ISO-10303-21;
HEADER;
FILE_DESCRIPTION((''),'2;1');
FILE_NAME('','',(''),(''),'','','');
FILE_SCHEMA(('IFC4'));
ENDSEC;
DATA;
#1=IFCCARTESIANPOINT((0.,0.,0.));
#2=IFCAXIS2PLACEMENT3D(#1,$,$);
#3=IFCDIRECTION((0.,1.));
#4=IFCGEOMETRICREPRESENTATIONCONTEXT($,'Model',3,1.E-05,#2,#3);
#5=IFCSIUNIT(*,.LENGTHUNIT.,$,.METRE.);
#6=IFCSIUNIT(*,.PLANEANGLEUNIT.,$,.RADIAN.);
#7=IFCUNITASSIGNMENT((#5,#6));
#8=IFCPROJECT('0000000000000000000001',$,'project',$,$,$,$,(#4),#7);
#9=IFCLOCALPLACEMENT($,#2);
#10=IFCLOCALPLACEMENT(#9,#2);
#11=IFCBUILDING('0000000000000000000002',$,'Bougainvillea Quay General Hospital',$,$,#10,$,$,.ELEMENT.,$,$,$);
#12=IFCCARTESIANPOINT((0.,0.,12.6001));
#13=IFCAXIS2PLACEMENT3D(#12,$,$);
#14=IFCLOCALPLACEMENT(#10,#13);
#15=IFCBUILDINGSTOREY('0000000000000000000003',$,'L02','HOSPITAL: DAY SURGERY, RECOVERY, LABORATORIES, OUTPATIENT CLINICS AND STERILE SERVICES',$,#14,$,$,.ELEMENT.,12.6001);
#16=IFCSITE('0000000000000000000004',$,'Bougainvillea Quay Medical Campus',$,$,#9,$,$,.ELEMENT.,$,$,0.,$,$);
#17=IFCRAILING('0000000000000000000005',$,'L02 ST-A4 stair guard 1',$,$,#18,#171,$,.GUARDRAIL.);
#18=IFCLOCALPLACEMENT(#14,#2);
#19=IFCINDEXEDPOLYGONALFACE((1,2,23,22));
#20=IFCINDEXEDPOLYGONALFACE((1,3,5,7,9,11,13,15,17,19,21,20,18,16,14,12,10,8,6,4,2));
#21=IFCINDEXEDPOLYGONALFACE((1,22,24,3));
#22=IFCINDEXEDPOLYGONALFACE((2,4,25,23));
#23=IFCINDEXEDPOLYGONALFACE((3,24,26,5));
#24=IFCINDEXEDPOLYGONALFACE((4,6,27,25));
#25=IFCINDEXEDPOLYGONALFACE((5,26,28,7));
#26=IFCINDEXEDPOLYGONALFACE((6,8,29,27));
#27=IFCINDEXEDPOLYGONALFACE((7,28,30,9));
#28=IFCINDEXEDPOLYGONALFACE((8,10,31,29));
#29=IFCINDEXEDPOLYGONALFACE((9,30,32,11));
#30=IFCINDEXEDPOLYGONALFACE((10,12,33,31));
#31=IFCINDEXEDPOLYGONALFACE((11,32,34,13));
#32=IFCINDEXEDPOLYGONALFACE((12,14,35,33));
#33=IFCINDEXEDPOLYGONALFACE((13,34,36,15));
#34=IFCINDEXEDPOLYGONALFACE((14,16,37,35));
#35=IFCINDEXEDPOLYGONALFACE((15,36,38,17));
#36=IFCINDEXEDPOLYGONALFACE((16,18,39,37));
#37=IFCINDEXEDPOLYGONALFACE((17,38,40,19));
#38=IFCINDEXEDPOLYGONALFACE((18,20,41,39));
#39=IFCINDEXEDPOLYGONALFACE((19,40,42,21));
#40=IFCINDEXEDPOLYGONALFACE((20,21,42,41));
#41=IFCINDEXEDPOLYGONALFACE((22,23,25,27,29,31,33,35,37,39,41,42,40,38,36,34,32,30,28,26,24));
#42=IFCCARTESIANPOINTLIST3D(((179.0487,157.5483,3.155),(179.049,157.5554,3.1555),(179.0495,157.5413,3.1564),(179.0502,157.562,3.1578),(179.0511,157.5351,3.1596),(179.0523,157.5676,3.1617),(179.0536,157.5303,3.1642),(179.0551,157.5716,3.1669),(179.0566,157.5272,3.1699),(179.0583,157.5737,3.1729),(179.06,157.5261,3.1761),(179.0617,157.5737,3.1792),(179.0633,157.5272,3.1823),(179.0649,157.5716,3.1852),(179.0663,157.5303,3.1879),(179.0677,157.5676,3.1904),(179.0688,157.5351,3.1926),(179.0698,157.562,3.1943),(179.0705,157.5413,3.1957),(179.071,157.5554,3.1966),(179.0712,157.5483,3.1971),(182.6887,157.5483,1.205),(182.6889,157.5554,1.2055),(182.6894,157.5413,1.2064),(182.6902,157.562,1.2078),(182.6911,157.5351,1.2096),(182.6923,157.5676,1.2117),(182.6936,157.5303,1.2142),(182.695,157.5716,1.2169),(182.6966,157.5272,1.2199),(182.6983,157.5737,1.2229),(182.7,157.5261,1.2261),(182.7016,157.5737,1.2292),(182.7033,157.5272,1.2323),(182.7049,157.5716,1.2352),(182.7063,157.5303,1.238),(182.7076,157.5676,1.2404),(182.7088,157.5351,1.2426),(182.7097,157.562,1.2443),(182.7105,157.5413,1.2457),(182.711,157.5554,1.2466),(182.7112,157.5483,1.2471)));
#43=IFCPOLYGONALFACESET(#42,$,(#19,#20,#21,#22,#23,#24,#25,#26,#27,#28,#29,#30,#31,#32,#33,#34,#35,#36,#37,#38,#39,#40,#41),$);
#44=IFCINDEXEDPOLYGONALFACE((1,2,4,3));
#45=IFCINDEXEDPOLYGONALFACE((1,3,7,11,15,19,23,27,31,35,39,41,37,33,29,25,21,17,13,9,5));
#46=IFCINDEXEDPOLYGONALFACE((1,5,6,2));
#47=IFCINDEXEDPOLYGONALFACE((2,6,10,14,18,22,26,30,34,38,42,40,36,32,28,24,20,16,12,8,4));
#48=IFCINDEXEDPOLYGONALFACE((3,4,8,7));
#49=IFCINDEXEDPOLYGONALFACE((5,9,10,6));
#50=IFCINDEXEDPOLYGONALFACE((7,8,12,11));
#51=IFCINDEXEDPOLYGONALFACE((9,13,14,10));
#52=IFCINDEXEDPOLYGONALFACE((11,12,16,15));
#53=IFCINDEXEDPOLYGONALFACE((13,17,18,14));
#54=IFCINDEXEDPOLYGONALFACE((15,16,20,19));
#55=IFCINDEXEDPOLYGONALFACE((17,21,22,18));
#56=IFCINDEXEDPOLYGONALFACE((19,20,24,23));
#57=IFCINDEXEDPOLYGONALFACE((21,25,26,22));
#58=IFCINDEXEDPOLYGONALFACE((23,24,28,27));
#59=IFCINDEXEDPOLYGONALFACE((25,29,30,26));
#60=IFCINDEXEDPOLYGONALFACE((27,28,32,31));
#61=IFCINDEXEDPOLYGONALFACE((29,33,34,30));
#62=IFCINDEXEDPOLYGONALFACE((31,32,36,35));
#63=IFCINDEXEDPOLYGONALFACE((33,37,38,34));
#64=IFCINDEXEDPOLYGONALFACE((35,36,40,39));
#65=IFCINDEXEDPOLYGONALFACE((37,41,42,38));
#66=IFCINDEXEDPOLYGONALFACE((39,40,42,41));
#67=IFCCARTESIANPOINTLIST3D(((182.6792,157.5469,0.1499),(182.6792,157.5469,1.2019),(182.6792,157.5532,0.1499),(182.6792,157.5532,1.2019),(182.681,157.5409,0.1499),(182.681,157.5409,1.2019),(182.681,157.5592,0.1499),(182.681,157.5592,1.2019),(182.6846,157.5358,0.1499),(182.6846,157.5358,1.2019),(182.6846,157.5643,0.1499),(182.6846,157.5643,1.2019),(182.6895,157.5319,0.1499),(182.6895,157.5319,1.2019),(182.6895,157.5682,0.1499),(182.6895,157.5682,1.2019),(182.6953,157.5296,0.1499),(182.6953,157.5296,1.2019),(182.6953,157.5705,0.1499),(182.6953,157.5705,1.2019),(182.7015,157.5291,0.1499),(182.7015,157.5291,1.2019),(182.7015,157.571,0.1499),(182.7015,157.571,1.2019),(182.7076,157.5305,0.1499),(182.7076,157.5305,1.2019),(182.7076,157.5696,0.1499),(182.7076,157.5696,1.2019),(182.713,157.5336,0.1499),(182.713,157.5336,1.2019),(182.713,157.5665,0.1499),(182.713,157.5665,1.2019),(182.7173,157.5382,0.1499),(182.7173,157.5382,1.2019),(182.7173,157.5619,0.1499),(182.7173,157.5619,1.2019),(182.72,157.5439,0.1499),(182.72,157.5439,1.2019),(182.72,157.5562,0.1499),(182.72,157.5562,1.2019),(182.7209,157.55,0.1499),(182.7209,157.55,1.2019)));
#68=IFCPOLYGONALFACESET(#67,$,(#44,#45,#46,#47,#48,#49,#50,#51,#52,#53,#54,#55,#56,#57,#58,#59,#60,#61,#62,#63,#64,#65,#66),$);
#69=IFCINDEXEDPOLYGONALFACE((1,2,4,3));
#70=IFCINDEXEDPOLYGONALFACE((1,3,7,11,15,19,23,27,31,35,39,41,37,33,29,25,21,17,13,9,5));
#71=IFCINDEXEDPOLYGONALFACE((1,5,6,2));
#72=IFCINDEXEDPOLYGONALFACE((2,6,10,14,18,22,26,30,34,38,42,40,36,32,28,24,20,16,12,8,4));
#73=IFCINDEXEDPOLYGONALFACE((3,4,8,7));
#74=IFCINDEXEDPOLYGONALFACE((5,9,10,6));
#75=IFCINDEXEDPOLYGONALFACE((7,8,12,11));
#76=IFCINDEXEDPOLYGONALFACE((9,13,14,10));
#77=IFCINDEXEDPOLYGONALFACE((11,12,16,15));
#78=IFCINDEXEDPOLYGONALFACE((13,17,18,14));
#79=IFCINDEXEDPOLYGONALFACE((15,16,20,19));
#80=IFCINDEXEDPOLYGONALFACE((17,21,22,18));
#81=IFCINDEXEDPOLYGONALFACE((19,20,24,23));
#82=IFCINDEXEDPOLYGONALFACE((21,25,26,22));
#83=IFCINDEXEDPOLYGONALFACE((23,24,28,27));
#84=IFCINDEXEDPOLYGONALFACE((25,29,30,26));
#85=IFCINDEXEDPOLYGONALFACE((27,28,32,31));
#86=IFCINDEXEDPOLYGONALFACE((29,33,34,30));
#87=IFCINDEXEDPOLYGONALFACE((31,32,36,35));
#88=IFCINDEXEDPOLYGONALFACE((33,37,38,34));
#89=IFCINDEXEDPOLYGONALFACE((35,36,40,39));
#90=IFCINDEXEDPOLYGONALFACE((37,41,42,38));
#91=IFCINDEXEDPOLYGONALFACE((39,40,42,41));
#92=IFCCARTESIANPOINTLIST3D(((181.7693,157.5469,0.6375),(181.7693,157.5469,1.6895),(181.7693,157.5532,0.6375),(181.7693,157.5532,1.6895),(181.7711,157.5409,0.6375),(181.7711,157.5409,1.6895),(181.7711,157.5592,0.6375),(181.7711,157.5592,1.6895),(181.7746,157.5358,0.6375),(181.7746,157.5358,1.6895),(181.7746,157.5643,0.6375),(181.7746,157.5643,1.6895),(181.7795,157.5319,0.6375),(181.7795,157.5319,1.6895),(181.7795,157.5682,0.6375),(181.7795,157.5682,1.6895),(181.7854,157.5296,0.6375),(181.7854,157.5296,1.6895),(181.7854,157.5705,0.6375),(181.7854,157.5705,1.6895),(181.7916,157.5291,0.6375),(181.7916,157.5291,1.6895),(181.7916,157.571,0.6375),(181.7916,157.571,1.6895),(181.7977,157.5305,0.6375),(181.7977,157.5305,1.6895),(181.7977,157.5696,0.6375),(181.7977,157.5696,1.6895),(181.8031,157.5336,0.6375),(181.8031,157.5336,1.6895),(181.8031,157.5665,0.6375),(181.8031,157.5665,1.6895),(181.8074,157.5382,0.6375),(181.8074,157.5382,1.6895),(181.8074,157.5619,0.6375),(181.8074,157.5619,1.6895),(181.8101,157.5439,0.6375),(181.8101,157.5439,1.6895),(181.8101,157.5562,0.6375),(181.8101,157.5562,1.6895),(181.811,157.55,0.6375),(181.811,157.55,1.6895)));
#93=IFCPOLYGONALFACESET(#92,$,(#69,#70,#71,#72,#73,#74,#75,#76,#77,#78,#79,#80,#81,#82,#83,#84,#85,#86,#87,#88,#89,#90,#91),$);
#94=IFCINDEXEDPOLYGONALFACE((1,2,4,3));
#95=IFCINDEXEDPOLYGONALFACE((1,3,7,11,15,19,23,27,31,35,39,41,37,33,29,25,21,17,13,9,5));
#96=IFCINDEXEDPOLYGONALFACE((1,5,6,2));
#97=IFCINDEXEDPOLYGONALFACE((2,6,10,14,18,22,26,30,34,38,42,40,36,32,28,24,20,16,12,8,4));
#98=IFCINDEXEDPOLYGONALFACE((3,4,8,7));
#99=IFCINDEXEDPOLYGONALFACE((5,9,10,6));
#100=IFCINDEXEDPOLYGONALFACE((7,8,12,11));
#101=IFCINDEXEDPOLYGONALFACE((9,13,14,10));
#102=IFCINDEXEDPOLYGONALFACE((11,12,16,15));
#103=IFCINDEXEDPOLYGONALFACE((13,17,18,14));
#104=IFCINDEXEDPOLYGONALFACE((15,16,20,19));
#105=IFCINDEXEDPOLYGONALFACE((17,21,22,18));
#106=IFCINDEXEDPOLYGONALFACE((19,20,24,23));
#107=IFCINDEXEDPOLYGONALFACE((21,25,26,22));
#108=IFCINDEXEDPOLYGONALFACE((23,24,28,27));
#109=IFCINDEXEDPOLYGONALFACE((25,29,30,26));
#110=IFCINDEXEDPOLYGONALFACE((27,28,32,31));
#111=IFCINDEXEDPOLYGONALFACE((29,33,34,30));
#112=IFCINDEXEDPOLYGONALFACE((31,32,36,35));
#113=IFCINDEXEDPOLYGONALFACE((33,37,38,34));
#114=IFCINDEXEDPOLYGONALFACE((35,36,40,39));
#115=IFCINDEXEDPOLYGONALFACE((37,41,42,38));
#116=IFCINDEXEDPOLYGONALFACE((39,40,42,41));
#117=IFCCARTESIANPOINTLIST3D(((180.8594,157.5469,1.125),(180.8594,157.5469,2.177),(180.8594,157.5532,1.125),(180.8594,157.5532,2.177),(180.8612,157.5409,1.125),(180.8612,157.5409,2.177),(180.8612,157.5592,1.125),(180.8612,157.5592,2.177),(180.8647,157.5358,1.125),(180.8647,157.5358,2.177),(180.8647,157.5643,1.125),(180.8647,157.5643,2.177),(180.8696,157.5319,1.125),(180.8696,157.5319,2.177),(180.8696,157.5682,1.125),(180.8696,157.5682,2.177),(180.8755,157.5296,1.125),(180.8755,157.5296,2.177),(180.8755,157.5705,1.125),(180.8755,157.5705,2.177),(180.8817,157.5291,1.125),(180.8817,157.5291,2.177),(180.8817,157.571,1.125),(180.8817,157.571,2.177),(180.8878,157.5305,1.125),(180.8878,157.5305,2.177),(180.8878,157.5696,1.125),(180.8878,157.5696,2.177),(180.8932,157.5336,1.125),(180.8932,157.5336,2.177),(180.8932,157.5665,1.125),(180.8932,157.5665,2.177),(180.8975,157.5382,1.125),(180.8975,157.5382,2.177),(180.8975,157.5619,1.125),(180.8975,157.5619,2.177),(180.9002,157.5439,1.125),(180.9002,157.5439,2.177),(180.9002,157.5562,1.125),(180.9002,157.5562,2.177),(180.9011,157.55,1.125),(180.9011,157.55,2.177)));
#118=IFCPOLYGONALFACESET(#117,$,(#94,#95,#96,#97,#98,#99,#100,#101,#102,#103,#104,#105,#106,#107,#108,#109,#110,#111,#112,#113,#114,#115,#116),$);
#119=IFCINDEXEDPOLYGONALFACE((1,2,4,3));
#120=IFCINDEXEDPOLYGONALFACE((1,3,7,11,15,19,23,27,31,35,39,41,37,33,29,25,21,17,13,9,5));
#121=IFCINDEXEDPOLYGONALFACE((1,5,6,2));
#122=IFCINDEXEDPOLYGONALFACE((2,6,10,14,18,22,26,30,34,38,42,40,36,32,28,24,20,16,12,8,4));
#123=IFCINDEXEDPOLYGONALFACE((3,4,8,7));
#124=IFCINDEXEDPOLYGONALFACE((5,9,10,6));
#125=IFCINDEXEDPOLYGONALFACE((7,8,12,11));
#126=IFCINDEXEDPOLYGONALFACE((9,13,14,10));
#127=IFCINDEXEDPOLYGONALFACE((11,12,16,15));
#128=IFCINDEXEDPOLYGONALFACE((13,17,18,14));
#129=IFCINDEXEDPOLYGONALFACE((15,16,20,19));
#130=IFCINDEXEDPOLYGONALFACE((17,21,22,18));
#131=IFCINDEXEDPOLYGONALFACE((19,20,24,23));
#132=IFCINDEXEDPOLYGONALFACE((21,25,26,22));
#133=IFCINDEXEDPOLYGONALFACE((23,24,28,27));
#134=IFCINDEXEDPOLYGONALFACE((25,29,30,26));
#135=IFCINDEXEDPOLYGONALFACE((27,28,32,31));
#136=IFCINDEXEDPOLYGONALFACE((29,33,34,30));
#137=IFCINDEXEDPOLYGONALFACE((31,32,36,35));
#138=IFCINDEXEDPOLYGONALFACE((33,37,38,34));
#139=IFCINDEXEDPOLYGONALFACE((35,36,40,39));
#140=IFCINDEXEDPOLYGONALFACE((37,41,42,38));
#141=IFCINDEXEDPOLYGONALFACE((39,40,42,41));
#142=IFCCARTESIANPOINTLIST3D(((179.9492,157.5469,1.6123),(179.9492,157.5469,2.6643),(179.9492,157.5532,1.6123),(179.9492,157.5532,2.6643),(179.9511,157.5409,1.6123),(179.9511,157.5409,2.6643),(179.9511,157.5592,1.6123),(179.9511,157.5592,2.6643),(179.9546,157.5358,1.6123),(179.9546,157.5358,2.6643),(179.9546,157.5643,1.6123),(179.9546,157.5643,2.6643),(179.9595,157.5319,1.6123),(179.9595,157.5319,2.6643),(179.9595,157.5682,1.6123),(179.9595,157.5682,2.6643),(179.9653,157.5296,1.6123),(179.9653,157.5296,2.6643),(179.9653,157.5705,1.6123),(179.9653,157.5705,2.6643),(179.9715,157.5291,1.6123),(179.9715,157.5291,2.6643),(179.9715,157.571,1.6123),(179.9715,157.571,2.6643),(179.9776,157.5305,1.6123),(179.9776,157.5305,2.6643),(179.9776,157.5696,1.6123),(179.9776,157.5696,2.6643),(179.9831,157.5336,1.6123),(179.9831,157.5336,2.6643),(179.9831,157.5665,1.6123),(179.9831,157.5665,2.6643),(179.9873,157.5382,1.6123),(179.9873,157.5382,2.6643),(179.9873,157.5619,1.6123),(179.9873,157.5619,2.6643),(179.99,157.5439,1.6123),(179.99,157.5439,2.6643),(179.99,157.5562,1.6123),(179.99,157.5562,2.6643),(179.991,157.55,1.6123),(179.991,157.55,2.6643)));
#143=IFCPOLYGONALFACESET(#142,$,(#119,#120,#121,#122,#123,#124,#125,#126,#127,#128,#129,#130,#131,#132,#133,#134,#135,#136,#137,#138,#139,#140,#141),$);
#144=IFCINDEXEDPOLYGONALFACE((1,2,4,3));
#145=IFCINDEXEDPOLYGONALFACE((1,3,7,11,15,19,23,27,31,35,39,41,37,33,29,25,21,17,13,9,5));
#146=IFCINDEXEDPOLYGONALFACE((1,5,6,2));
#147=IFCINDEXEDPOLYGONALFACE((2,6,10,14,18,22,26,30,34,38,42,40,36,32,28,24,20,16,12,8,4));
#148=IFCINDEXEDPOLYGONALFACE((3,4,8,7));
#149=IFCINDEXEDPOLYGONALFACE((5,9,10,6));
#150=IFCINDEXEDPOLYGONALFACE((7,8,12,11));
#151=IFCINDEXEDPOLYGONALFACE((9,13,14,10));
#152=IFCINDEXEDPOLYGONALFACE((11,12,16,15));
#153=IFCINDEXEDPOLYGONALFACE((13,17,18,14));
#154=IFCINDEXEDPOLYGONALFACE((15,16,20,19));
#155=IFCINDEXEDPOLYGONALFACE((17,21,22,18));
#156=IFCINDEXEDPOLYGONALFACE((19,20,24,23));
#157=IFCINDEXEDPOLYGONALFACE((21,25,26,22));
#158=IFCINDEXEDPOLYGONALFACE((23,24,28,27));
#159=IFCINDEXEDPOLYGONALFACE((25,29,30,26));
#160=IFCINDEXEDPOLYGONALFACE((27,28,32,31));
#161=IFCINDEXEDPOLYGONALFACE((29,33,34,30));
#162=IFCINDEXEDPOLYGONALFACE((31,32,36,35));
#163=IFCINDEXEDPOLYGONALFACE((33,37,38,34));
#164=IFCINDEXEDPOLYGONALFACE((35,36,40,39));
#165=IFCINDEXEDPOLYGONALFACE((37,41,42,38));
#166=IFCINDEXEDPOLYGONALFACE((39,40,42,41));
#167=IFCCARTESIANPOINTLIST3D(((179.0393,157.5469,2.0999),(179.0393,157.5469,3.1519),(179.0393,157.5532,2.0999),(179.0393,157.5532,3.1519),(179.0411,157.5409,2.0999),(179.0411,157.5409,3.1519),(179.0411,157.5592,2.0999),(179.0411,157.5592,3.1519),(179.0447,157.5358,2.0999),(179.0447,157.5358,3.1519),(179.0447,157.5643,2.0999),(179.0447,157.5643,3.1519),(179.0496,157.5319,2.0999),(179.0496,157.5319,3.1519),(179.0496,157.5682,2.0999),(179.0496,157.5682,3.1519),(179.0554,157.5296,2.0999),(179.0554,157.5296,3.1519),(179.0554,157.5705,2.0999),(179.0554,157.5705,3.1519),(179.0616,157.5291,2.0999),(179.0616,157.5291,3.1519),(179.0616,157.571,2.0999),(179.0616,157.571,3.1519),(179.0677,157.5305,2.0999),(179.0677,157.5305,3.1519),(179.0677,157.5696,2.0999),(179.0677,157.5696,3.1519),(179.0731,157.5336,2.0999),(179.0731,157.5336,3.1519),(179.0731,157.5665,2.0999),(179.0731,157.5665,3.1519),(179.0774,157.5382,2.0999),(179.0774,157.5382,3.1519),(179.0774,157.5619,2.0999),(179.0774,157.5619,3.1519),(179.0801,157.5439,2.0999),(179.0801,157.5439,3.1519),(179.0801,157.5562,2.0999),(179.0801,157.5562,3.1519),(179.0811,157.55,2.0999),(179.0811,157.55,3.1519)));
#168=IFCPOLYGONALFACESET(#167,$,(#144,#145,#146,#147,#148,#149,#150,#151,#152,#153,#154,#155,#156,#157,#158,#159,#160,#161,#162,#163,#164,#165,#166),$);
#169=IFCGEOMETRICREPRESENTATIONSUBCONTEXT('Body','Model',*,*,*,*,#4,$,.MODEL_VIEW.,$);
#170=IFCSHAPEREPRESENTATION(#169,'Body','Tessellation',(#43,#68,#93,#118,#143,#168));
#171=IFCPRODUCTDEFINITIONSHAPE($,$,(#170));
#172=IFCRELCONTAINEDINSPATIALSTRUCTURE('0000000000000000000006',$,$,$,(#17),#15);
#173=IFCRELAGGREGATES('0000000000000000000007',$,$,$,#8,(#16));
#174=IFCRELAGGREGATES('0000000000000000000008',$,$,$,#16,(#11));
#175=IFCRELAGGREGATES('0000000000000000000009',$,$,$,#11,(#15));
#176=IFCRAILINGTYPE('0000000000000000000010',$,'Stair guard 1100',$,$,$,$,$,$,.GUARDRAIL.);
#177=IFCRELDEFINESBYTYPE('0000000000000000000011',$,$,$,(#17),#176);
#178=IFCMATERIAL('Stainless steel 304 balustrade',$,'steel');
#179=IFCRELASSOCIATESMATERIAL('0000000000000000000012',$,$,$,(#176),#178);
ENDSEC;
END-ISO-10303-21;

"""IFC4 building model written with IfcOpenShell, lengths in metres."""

from ifc_helpers import new_model, si_unit, direction, frame, origin, origin_2d, place, context, subcontext, project, spatial, circle, extrude, material, type_object, element, save


model = new_model("IFC4")

# Units and contexts
model_context = context("Model", 3, precision=1e-05, world=origin(), true_north=direction((0.0, 1.0)))
body_context = subcontext(model_context, "Body", "Model", "MODEL_VIEW")
ifc_project = project(units=[si_unit("LENGTHUNIT", "METRE"), si_unit("PLANEANGLEUNIT", "RADIAN")], contexts=[model_context])

# Site, building, storey
site_placement = place(None, origin())
site = spatial("IfcSite", under=ifc_project, at=site_placement, Name="Bougainvillea Quay Medical Campus", CompositionType="ELEMENT", RefElevation=0.0)
building_placement = place(site_placement, origin())
building = spatial("IfcBuilding", under=site, at=building_placement, Name="Bougainvillea Quay General Hospital", CompositionType="ELEMENT")
storey_placement = place(building_placement, frame((0.0, 0.0, 12.6001)))
storey = spatial("IfcBuildingStorey", under=building, at=storey_placement, Name="L02", Description="HOSPITAL: DAY SURGERY, RECOVERY, LABORATORIES, OUTPATIENT CLINICS AND STERILE SERVICES", CompositionType="ELEMENT", Elevation=12.6001)

# Railing
ifc_material_1 = material(Name="Stainless steel 304 balustrade", Category="steel")
railing_type_1 = type_object("IfcRailingType", Name="Stair guard 1100", PredefinedType="GUARDRAIL", material=ifc_material_1)
railing_1_placement = place(storey_placement, frame((182.7, 157.55, 0.1499)))
element("IfcRailing", 1, at=railing_1_placement, inside=storey, type_object=railing_type_1, Name="L02 ST-A4 stair guard 1", PredefinedType="GUARDRAIL", context=body_context, shape_type="SweptSolid", body=[
    extrude(circle(Radius=0.0239, at=origin_2d()), frame((0.0, 0.0, 1.0762), z_axis=(-0.881479, 0.0, 0.472223), x_axis=(0.0, -1.0, 0.0)), (0.0, 0.0, 1.0), 4.1294),
    extrude(circle(Radius=0.021, at=origin_2d()), origin(), (0.0, 0.0, 1.0), 1.052),
    extrude(circle(Radius=0.021, at=origin_2d()), frame((-0.9099, 0.0, 0.4875)), (0.0, 0.0, 1.0), 1.052),
    extrude(circle(Radius=0.021, at=origin_2d()), frame((-1.8198, 0.0, 0.9751)), (0.0, 0.0, 1.0), 1.052),
    extrude(circle(Radius=0.021, at=origin_2d()), frame((-2.73, 0.0, 1.4624)), (0.0, 0.0, 1.0), 1.052),
    extrude(circle(Radius=0.021, at=origin_2d()), frame((-3.6399, 0.0, 1.95)), (0.0, 0.0, 1.0), 1.052),
])

save(model, "model.ifc")
